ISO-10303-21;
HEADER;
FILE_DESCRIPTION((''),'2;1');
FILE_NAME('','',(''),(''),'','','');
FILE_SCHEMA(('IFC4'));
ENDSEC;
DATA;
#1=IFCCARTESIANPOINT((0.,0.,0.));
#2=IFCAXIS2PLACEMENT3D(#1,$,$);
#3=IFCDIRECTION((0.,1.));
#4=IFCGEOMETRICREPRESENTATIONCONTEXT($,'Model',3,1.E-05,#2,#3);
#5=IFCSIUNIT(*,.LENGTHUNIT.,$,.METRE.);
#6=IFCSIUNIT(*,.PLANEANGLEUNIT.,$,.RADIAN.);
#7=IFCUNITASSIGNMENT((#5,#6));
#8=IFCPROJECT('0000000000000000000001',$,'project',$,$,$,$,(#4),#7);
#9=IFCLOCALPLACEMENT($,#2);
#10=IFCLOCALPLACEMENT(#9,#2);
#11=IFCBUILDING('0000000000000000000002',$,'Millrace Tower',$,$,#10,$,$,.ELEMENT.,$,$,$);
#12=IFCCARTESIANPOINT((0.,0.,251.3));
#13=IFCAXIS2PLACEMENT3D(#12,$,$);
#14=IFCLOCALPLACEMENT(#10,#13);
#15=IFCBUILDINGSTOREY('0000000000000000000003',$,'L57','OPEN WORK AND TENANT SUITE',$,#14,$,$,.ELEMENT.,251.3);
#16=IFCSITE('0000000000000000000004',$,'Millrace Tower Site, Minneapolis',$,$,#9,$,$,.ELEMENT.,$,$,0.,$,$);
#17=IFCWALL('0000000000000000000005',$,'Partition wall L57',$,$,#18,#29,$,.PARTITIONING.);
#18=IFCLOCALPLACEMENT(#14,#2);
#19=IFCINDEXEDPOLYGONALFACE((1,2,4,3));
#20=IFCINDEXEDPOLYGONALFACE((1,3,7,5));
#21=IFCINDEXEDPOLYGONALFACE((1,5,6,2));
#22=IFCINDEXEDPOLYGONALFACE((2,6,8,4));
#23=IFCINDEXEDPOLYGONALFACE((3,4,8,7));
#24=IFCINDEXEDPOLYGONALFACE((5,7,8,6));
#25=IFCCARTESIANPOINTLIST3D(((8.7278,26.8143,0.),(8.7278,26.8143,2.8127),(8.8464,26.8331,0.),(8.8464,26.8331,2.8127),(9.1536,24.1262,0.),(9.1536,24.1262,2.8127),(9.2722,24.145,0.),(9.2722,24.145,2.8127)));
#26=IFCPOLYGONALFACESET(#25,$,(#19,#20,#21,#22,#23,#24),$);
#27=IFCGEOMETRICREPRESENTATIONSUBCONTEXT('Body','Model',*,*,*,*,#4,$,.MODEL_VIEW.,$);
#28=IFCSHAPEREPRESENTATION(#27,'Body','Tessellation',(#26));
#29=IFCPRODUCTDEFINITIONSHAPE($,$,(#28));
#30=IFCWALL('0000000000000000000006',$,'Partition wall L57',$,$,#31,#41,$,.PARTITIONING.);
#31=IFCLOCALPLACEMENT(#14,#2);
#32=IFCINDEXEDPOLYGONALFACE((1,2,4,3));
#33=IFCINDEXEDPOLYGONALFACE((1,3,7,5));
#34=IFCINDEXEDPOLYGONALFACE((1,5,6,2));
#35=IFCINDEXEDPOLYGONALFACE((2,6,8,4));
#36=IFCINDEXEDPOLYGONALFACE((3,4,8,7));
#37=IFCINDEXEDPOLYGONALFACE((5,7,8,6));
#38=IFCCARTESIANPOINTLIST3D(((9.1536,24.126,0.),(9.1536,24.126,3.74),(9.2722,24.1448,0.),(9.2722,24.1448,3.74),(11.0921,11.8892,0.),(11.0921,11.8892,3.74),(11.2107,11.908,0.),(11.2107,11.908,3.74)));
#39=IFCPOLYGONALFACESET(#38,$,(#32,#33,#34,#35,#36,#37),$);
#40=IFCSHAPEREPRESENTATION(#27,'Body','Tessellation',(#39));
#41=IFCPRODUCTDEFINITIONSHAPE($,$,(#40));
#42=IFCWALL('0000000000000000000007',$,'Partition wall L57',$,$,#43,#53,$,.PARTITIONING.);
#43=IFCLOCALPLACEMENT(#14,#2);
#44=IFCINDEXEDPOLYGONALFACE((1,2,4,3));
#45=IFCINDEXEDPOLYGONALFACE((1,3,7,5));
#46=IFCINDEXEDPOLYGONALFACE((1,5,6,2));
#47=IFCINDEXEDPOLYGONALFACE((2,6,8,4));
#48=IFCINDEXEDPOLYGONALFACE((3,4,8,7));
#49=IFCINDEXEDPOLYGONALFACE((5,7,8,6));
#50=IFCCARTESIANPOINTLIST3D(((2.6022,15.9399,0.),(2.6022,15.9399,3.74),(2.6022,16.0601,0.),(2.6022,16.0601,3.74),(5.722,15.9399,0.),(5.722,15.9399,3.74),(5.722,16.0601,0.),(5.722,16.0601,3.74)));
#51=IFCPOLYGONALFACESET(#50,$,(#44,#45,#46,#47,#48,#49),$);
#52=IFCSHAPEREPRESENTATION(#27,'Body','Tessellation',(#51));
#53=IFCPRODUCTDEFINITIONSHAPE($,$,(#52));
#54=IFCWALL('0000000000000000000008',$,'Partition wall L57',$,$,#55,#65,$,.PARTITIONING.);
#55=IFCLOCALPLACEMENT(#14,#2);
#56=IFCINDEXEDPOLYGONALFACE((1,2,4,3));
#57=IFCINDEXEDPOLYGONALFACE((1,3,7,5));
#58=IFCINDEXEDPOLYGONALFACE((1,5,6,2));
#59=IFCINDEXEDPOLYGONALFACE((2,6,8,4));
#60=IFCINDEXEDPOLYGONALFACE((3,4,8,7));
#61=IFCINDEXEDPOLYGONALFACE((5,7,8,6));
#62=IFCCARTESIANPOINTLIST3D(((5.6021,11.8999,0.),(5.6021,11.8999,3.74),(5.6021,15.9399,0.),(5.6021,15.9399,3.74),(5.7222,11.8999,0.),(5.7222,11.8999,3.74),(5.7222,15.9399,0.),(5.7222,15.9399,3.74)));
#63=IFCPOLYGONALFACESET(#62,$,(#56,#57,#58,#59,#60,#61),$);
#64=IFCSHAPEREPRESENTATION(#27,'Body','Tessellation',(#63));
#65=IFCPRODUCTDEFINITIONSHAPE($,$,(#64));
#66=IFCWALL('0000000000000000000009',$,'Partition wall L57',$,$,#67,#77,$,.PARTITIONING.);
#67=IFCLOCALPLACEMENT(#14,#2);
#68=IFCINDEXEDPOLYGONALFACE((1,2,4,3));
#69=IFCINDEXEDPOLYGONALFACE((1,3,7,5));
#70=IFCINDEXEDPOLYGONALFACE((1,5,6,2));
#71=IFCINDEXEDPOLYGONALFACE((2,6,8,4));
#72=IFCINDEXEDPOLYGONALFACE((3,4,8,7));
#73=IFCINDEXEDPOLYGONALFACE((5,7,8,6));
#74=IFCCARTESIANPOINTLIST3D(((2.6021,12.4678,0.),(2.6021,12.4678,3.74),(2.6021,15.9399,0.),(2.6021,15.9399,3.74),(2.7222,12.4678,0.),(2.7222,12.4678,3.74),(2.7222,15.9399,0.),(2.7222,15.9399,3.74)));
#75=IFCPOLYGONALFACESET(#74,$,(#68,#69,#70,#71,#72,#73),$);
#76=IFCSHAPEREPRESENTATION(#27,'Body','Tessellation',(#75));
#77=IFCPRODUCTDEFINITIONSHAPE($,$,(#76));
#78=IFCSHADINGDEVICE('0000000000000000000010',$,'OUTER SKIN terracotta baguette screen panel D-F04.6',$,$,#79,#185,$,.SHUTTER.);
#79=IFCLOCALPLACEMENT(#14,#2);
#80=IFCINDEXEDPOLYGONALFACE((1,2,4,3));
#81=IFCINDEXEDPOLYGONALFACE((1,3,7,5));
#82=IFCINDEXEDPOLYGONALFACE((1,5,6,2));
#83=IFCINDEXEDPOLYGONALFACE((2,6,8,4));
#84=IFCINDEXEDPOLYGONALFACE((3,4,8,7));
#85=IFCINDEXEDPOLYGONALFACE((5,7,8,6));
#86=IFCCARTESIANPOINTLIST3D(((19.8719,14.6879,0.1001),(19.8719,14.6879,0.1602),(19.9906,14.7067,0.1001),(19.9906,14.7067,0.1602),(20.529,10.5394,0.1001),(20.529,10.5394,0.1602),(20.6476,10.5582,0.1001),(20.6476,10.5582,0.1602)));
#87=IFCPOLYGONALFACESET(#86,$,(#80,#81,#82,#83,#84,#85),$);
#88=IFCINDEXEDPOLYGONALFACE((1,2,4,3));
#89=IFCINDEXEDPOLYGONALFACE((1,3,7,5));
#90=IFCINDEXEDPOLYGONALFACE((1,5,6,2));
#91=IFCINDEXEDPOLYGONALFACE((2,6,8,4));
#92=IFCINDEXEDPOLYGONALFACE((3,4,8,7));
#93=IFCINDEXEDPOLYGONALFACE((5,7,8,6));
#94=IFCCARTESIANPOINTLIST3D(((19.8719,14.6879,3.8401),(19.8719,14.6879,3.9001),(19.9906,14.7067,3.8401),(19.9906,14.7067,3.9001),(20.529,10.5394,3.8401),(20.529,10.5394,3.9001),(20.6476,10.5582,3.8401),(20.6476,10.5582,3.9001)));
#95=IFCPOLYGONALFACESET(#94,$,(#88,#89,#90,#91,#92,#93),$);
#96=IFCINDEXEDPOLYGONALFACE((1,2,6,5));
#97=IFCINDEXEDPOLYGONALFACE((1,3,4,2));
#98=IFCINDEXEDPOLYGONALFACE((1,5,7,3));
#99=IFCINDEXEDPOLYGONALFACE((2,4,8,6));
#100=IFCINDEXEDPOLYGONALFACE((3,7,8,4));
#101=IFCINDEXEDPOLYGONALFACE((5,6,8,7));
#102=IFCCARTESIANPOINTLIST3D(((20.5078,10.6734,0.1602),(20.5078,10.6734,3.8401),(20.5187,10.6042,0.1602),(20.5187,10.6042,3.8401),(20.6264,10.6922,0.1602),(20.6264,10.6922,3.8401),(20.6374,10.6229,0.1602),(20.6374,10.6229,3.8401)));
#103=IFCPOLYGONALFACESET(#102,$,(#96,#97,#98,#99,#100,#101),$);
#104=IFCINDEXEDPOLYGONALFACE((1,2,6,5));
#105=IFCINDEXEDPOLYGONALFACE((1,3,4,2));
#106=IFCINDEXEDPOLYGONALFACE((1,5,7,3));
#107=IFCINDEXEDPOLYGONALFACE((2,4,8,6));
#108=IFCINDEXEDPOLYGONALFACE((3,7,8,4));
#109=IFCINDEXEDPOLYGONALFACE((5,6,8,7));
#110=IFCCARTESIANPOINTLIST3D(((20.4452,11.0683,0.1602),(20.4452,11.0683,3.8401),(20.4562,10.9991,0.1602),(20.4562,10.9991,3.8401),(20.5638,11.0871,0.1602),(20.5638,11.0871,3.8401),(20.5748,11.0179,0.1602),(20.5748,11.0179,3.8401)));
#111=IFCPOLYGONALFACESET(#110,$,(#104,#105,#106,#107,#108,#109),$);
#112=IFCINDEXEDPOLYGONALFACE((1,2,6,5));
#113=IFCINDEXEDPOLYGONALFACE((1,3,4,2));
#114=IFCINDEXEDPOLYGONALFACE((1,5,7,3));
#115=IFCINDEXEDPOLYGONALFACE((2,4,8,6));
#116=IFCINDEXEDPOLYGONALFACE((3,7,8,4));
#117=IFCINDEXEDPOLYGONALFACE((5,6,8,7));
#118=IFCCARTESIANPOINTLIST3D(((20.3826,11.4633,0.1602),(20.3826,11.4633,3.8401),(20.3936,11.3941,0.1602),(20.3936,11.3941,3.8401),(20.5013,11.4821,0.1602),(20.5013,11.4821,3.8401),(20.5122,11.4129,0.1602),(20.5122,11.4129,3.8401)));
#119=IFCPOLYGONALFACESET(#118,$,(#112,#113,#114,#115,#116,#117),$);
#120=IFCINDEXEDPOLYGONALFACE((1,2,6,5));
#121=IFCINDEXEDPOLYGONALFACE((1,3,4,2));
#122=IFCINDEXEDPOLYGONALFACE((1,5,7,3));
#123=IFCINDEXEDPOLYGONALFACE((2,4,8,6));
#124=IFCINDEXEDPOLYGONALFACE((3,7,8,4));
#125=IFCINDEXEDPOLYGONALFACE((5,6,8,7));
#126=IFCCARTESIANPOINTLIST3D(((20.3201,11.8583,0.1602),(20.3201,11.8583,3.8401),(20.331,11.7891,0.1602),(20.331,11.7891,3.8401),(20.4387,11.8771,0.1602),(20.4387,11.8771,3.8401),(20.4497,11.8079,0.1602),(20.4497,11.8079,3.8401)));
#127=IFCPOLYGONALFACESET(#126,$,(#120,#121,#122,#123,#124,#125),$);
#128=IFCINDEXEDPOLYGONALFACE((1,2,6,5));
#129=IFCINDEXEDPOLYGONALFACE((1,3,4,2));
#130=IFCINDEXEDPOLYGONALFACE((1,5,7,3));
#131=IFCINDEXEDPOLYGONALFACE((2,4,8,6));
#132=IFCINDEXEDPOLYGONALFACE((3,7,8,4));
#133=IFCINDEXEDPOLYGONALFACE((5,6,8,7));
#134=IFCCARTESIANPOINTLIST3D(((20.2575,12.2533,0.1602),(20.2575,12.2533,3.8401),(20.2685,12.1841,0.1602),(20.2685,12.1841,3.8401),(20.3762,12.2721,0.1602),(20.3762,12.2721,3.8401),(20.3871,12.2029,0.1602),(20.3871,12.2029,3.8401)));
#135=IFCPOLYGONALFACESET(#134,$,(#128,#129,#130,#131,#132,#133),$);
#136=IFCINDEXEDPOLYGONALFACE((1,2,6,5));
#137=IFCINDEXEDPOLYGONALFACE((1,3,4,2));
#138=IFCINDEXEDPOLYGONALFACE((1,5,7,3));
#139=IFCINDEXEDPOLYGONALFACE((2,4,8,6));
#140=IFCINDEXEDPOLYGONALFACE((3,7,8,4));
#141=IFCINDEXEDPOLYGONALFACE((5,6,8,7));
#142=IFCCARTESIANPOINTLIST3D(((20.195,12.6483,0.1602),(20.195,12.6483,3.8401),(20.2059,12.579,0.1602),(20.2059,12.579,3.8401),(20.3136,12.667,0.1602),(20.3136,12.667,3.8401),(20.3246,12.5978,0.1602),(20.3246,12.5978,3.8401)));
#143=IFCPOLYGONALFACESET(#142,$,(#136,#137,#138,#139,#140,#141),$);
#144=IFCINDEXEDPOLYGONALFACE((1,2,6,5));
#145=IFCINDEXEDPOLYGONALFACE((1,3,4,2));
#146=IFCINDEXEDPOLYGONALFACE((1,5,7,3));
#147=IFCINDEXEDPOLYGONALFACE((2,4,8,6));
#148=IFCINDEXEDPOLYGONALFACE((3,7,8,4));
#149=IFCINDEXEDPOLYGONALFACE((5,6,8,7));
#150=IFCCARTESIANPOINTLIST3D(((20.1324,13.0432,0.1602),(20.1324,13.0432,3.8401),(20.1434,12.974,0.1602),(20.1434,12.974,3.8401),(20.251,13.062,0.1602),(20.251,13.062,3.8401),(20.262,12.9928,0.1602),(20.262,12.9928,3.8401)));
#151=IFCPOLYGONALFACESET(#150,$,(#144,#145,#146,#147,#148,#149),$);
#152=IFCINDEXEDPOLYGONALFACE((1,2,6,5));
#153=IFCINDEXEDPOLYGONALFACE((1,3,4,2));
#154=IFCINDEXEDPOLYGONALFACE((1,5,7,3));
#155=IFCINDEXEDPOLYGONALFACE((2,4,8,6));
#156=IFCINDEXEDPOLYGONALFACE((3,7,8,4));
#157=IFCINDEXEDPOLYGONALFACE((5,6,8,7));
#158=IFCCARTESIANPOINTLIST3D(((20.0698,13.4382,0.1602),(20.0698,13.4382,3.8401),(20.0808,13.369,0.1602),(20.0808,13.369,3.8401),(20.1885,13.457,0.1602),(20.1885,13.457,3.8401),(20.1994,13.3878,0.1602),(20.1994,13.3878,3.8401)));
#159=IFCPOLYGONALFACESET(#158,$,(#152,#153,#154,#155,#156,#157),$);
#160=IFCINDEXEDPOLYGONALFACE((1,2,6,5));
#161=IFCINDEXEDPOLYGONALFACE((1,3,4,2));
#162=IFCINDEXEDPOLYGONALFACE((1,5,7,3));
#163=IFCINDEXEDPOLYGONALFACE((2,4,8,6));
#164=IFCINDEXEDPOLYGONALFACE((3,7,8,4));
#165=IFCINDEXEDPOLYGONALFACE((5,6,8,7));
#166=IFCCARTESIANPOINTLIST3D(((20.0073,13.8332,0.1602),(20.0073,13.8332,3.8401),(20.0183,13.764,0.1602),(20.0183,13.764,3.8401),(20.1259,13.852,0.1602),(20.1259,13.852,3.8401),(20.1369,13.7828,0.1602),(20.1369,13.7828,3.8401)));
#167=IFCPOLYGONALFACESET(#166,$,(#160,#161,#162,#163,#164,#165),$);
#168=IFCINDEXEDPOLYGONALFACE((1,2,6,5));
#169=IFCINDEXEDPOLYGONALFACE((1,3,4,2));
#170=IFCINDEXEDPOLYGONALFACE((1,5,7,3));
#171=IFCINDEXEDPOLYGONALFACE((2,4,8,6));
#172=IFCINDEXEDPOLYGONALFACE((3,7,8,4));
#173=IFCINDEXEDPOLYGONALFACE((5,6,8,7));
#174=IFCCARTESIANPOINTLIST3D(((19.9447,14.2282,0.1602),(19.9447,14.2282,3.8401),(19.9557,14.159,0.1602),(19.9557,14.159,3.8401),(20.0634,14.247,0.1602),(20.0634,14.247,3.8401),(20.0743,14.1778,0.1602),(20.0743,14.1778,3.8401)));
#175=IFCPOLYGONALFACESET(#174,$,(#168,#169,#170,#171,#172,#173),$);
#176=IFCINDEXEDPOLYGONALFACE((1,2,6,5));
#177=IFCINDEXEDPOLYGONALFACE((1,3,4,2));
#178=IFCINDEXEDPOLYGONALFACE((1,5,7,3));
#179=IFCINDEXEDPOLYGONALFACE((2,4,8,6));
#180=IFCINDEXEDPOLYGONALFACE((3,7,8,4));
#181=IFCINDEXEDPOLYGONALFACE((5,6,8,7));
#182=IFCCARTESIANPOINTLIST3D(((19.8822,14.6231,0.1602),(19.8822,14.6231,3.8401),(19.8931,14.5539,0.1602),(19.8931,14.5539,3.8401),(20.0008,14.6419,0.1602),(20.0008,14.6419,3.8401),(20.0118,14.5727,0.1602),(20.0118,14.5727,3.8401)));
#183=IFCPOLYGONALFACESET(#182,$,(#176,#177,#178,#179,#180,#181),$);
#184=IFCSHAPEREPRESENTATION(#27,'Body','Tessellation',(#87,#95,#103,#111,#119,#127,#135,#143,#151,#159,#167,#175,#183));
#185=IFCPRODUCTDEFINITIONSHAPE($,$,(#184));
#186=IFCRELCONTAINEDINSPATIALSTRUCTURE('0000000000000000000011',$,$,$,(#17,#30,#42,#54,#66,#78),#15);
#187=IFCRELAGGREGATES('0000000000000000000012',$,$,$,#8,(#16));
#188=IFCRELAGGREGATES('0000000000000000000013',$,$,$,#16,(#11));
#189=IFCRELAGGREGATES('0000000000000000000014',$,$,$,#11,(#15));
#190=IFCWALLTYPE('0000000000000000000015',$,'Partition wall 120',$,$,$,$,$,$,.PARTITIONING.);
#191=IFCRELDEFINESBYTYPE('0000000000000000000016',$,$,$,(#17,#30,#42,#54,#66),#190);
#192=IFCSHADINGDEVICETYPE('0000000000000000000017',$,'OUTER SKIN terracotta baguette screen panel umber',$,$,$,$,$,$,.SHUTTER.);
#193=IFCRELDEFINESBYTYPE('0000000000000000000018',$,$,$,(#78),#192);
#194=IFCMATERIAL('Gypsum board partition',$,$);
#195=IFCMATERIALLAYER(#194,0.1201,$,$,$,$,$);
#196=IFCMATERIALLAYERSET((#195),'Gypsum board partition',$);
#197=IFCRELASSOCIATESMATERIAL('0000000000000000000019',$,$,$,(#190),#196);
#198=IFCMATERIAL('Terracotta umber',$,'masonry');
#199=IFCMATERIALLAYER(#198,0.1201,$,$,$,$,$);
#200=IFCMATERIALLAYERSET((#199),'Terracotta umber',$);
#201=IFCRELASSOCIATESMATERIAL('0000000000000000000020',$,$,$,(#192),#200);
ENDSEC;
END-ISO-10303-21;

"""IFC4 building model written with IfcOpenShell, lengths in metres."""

from ifc_helpers import new_model, entity, si_unit, direction, frame, frame_2d, origin, origin_2d, place, context, subcontext, project, spatial, rectangle, extrude, source, transform, mapped, material, layer, layer_set, type_object, element, save


model = new_model("IFC4")

# Units and contexts
model_context = context("Model", 3, precision=1e-05, world=origin(), true_north=direction((0.0, 1.0)))
body_context = subcontext(model_context, "Body", "Model", "MODEL_VIEW")
ifc_project = project(units=[si_unit("LENGTHUNIT", "METRE"), si_unit("PLANEANGLEUNIT", "RADIAN")], contexts=[model_context])

# Site, building, storey
site_placement = place(None, origin())
site = spatial("IfcSite", under=ifc_project, at=site_placement, Name="Millrace Tower Site, Minneapolis", CompositionType="ELEMENT", RefElevation=0.0)
building_placement = place(site_placement, origin())
building = spatial("IfcBuilding", under=site, at=building_placement, Name="Millrace Tower", CompositionType="ELEMENT")
storey_placement = place(building_placement, frame((0.0, 0.0, 251.3)))
storey = spatial("IfcBuildingStorey", under=building, at=storey_placement, Name="L57", Description="OPEN WORK AND TENANT SUITE", CompositionType="ELEMENT", Elevation=251.3)

# Walls
ifc_material_1 = material(Name="Gypsum board partition")
ifc_layer_1 = layer(ifc_material_1, 0.1201)
ifc_layer_set_1 = layer_set([ifc_layer_1], Name="Gypsum board partition")
wall_type_1 = type_object("IfcWallType", Name="Partition wall 120", PredefinedType="PARTITIONING", material=ifc_layer_set_1)
wall_1_placement = place(storey_placement, frame((8.7871, 26.8237, 0.0), z_axis=(0.0, 0.0, 1.0), x_axis=(0.156437, -0.987688, 0.0)))
element("IfcWall", 1, at=wall_1_placement, inside=storey, type_object=wall_type_1, Name="Partition wall L57", PredefinedType="PARTITIONING", context=body_context, shape_type="SweptSolid", body=[
    extrude(rectangle(XDim=2.7217, YDim=0.1201, at=frame_2d((1.3608, 0.0))), origin(), (0.0, 0.0, 1.0), 2.8127),
])
wall_2_placement = place(storey_placement, frame((9.2129, 24.1355, 0.0), z_axis=(0.0, 0.0, 1.0), x_axis=(0.156462, -0.987684, 0.0)))
element("IfcWall", 2, at=wall_2_placement, inside=storey, type_object=wall_type_1, Name="Partition wall L57", PredefinedType="PARTITIONING", context=body_context, shape_type="SweptSolid", body=[
    extrude(rectangle(XDim=12.3894, YDim=0.1201, at=frame_2d((6.1948, 0.0))), origin(), (0.0, 0.0, 1.0), 3.74),
])
wall_3_placement = place(storey_placement, frame((2.6021, 16.0, 0.0), z_axis=(0.0, 0.0, 1.0), x_axis=(1.0, 0.0, 0.0)))
element("IfcWall", 3, at=wall_3_placement, inside=storey, type_object=wall_type_1, Name="Partition wall L57", PredefinedType="PARTITIONING", context=body_context, shape_type="SweptSolid", body=[
    extrude(rectangle(XDim=3.1199, YDim=0.1201, at=frame_2d((1.5601, 0.0))), origin(), (0.0, 0.0, 1.0), 3.74),
])
wall_4_placement = place(storey_placement, frame((5.6621, 11.8999, 0.0), z_axis=(0.0, 0.0, 1.0), x_axis=(0.0, 1.0, 0.0)))
element("IfcWall", 4, at=wall_4_placement, inside=storey, type_object=wall_type_1, Name="Partition wall L57", PredefinedType="PARTITIONING", context=body_context, shape_type="SweptSolid", body=[
    extrude(rectangle(XDim=4.04, YDim=0.1201, at=frame_2d((2.02, 0.0))), origin(), (0.0, 0.0, 1.0), 3.74),
])
wall_5_placement = place(storey_placement, frame((2.6621, 12.4678, 0.0), z_axis=(0.0, 0.0, 1.0), x_axis=(0.0, 1.0, 0.0)))
element("IfcWall", 5, at=wall_5_placement, inside=storey, type_object=wall_type_1, Name="Partition wall L57", PredefinedType="PARTITIONING", context=body_context, shape_type="SweptSolid", body=[
    extrude(rectangle(XDim=3.4722, YDim=0.1201, at=frame_2d((1.7361, 0.0))), origin(), (0.0, 0.0, 1.0), 3.74),
])

# Shading device
ifc_material_2 = material(Name="Terracotta umber", Category="masonry")
ifc_layer_2 = layer(ifc_material_2, 0.1201)
ifc_layer_set_2 = layer_set([ifc_layer_2], Name="Terracotta umber")
shading_device_type = type_object("IfcShadingDeviceType", Name="OUTER SKIN terracotta baguette screen panel umber", PredefinedType="SHUTTER", material=ifc_layer_set_2)
cartesian_point_1 = entity("IfcCartesianPoint", [-2.1001, 0.0601])
shared_polyline_1 = entity("IfcPolyline", [cartesian_point_1, entity("IfcCartesianPoint", [2.1001, 0.0601]), entity("IfcCartesianPoint", [2.1001, -0.0601]), entity("IfcCartesianPoint", [-2.1001, -0.0601]), cartesian_point_1])
shared_shape_1 = source(origin(), body_context, "Body", "SweptSolid", [
    entity("IfcExtrudedAreaSolid", entity("IfcArbitraryClosedProfileDef", "AREA", None, shared_polyline_1), entity("IfcAxis2Placement3D", entity("IfcCartesianPoint", [0.0, 0.0, 0.0])), entity("IfcDirection", [0.0, 0.0, 1.0]), 0.0601),
    entity("IfcExtrudedAreaSolid", entity("IfcArbitraryClosedProfileDef", "AREA", None, shared_polyline_1), entity("IfcAxis2Placement3D", entity("IfcCartesianPoint", [0.0, 0.0, 3.74])), entity("IfcDirection", [0.0, 0.0, 1.0]), 0.0601),
    extrude(rectangle(XDim=0.0701, YDim=0.1201, at=frame_2d((-1.9995, 0.0))), frame((0.0, 0.0, 0.0601)), (0.0, 0.0, 1.0), 3.6799),
    extrude(rectangle(XDim=0.0701, YDim=0.1201, at=frame_2d((-1.5996, 0.0))), frame((0.0, 0.0, 0.0601)), (0.0, 0.0, 1.0), 3.6799),
    extrude(rectangle(XDim=0.0701, YDim=0.1201, at=frame_2d((-1.1997, 0.0))), frame((0.0, 0.0, 0.0601)), (0.0, 0.0, 1.0), 3.6799),
    extrude(rectangle(XDim=0.0701, YDim=0.1201, at=frame_2d((-0.7998, 0.0))), frame((0.0, 0.0, 0.0601)), (0.0, 0.0, 1.0), 3.6799),
    extrude(rectangle(XDim=0.0701, YDim=0.1201, at=frame_2d((-0.3999, 0.0))), frame((0.0, 0.0, 0.0601)), (0.0, 0.0, 1.0), 3.6799),
    extrude(rectangle(XDim=0.0701, YDim=0.1201, at=origin_2d()), frame((0.0, 0.0, 0.0601)), (0.0, 0.0, 1.0), 3.6799),
    extrude(rectangle(XDim=0.0701, YDim=0.1201, at=frame_2d((0.3999, 0.0))), frame((0.0, 0.0, 0.0601)), (0.0, 0.0, 1.0), 3.6799),
    extrude(rectangle(XDim=0.0701, YDim=0.1201, at=frame_2d((0.7998, 0.0))), frame((0.0, 0.0, 0.0601)), (0.0, 0.0, 1.0), 3.6799),
    extrude(rectangle(XDim=0.0701, YDim=0.1201, at=frame_2d((1.1997, 0.0))), frame((0.0, 0.0, 0.0601)), (0.0, 0.0, 1.0), 3.6799),
    extrude(rectangle(XDim=0.0701, YDim=0.1201, at=frame_2d((1.5996, 0.0))), frame((0.0, 0.0, 0.0601)), (0.0, 0.0, 1.0), 3.6799),
    extrude(rectangle(XDim=0.0701, YDim=0.1201, at=frame_2d((1.9995, 0.0))), frame((0.0, 0.0, 0.0601)), (0.0, 0.0, 1.0), 3.6799),
])
for number, where, z_axis, x_axis, name in (
    (6, (20.2598, 12.623, 0.1001), (0.0, 0.0, 1.0), (-0.156434, 0.987688, 0.0), "OUTER SKIN terracotta baguette screen panel D-F04.6"),
):
    element("IfcShadingDevice", number, at=place(storey_placement, frame(where, z_axis=z_axis, x_axis=x_axis)), inside=storey, type_object=shading_device_type, Name=name, PredefinedType="SHUTTER", context=body_context, shape_type="MappedRepresentation", body=[
        mapped(shared_shape_1, transform((0.0, 0.0, 0.0), scale=1.0)),
    ])

save(model, "model.ifc")
